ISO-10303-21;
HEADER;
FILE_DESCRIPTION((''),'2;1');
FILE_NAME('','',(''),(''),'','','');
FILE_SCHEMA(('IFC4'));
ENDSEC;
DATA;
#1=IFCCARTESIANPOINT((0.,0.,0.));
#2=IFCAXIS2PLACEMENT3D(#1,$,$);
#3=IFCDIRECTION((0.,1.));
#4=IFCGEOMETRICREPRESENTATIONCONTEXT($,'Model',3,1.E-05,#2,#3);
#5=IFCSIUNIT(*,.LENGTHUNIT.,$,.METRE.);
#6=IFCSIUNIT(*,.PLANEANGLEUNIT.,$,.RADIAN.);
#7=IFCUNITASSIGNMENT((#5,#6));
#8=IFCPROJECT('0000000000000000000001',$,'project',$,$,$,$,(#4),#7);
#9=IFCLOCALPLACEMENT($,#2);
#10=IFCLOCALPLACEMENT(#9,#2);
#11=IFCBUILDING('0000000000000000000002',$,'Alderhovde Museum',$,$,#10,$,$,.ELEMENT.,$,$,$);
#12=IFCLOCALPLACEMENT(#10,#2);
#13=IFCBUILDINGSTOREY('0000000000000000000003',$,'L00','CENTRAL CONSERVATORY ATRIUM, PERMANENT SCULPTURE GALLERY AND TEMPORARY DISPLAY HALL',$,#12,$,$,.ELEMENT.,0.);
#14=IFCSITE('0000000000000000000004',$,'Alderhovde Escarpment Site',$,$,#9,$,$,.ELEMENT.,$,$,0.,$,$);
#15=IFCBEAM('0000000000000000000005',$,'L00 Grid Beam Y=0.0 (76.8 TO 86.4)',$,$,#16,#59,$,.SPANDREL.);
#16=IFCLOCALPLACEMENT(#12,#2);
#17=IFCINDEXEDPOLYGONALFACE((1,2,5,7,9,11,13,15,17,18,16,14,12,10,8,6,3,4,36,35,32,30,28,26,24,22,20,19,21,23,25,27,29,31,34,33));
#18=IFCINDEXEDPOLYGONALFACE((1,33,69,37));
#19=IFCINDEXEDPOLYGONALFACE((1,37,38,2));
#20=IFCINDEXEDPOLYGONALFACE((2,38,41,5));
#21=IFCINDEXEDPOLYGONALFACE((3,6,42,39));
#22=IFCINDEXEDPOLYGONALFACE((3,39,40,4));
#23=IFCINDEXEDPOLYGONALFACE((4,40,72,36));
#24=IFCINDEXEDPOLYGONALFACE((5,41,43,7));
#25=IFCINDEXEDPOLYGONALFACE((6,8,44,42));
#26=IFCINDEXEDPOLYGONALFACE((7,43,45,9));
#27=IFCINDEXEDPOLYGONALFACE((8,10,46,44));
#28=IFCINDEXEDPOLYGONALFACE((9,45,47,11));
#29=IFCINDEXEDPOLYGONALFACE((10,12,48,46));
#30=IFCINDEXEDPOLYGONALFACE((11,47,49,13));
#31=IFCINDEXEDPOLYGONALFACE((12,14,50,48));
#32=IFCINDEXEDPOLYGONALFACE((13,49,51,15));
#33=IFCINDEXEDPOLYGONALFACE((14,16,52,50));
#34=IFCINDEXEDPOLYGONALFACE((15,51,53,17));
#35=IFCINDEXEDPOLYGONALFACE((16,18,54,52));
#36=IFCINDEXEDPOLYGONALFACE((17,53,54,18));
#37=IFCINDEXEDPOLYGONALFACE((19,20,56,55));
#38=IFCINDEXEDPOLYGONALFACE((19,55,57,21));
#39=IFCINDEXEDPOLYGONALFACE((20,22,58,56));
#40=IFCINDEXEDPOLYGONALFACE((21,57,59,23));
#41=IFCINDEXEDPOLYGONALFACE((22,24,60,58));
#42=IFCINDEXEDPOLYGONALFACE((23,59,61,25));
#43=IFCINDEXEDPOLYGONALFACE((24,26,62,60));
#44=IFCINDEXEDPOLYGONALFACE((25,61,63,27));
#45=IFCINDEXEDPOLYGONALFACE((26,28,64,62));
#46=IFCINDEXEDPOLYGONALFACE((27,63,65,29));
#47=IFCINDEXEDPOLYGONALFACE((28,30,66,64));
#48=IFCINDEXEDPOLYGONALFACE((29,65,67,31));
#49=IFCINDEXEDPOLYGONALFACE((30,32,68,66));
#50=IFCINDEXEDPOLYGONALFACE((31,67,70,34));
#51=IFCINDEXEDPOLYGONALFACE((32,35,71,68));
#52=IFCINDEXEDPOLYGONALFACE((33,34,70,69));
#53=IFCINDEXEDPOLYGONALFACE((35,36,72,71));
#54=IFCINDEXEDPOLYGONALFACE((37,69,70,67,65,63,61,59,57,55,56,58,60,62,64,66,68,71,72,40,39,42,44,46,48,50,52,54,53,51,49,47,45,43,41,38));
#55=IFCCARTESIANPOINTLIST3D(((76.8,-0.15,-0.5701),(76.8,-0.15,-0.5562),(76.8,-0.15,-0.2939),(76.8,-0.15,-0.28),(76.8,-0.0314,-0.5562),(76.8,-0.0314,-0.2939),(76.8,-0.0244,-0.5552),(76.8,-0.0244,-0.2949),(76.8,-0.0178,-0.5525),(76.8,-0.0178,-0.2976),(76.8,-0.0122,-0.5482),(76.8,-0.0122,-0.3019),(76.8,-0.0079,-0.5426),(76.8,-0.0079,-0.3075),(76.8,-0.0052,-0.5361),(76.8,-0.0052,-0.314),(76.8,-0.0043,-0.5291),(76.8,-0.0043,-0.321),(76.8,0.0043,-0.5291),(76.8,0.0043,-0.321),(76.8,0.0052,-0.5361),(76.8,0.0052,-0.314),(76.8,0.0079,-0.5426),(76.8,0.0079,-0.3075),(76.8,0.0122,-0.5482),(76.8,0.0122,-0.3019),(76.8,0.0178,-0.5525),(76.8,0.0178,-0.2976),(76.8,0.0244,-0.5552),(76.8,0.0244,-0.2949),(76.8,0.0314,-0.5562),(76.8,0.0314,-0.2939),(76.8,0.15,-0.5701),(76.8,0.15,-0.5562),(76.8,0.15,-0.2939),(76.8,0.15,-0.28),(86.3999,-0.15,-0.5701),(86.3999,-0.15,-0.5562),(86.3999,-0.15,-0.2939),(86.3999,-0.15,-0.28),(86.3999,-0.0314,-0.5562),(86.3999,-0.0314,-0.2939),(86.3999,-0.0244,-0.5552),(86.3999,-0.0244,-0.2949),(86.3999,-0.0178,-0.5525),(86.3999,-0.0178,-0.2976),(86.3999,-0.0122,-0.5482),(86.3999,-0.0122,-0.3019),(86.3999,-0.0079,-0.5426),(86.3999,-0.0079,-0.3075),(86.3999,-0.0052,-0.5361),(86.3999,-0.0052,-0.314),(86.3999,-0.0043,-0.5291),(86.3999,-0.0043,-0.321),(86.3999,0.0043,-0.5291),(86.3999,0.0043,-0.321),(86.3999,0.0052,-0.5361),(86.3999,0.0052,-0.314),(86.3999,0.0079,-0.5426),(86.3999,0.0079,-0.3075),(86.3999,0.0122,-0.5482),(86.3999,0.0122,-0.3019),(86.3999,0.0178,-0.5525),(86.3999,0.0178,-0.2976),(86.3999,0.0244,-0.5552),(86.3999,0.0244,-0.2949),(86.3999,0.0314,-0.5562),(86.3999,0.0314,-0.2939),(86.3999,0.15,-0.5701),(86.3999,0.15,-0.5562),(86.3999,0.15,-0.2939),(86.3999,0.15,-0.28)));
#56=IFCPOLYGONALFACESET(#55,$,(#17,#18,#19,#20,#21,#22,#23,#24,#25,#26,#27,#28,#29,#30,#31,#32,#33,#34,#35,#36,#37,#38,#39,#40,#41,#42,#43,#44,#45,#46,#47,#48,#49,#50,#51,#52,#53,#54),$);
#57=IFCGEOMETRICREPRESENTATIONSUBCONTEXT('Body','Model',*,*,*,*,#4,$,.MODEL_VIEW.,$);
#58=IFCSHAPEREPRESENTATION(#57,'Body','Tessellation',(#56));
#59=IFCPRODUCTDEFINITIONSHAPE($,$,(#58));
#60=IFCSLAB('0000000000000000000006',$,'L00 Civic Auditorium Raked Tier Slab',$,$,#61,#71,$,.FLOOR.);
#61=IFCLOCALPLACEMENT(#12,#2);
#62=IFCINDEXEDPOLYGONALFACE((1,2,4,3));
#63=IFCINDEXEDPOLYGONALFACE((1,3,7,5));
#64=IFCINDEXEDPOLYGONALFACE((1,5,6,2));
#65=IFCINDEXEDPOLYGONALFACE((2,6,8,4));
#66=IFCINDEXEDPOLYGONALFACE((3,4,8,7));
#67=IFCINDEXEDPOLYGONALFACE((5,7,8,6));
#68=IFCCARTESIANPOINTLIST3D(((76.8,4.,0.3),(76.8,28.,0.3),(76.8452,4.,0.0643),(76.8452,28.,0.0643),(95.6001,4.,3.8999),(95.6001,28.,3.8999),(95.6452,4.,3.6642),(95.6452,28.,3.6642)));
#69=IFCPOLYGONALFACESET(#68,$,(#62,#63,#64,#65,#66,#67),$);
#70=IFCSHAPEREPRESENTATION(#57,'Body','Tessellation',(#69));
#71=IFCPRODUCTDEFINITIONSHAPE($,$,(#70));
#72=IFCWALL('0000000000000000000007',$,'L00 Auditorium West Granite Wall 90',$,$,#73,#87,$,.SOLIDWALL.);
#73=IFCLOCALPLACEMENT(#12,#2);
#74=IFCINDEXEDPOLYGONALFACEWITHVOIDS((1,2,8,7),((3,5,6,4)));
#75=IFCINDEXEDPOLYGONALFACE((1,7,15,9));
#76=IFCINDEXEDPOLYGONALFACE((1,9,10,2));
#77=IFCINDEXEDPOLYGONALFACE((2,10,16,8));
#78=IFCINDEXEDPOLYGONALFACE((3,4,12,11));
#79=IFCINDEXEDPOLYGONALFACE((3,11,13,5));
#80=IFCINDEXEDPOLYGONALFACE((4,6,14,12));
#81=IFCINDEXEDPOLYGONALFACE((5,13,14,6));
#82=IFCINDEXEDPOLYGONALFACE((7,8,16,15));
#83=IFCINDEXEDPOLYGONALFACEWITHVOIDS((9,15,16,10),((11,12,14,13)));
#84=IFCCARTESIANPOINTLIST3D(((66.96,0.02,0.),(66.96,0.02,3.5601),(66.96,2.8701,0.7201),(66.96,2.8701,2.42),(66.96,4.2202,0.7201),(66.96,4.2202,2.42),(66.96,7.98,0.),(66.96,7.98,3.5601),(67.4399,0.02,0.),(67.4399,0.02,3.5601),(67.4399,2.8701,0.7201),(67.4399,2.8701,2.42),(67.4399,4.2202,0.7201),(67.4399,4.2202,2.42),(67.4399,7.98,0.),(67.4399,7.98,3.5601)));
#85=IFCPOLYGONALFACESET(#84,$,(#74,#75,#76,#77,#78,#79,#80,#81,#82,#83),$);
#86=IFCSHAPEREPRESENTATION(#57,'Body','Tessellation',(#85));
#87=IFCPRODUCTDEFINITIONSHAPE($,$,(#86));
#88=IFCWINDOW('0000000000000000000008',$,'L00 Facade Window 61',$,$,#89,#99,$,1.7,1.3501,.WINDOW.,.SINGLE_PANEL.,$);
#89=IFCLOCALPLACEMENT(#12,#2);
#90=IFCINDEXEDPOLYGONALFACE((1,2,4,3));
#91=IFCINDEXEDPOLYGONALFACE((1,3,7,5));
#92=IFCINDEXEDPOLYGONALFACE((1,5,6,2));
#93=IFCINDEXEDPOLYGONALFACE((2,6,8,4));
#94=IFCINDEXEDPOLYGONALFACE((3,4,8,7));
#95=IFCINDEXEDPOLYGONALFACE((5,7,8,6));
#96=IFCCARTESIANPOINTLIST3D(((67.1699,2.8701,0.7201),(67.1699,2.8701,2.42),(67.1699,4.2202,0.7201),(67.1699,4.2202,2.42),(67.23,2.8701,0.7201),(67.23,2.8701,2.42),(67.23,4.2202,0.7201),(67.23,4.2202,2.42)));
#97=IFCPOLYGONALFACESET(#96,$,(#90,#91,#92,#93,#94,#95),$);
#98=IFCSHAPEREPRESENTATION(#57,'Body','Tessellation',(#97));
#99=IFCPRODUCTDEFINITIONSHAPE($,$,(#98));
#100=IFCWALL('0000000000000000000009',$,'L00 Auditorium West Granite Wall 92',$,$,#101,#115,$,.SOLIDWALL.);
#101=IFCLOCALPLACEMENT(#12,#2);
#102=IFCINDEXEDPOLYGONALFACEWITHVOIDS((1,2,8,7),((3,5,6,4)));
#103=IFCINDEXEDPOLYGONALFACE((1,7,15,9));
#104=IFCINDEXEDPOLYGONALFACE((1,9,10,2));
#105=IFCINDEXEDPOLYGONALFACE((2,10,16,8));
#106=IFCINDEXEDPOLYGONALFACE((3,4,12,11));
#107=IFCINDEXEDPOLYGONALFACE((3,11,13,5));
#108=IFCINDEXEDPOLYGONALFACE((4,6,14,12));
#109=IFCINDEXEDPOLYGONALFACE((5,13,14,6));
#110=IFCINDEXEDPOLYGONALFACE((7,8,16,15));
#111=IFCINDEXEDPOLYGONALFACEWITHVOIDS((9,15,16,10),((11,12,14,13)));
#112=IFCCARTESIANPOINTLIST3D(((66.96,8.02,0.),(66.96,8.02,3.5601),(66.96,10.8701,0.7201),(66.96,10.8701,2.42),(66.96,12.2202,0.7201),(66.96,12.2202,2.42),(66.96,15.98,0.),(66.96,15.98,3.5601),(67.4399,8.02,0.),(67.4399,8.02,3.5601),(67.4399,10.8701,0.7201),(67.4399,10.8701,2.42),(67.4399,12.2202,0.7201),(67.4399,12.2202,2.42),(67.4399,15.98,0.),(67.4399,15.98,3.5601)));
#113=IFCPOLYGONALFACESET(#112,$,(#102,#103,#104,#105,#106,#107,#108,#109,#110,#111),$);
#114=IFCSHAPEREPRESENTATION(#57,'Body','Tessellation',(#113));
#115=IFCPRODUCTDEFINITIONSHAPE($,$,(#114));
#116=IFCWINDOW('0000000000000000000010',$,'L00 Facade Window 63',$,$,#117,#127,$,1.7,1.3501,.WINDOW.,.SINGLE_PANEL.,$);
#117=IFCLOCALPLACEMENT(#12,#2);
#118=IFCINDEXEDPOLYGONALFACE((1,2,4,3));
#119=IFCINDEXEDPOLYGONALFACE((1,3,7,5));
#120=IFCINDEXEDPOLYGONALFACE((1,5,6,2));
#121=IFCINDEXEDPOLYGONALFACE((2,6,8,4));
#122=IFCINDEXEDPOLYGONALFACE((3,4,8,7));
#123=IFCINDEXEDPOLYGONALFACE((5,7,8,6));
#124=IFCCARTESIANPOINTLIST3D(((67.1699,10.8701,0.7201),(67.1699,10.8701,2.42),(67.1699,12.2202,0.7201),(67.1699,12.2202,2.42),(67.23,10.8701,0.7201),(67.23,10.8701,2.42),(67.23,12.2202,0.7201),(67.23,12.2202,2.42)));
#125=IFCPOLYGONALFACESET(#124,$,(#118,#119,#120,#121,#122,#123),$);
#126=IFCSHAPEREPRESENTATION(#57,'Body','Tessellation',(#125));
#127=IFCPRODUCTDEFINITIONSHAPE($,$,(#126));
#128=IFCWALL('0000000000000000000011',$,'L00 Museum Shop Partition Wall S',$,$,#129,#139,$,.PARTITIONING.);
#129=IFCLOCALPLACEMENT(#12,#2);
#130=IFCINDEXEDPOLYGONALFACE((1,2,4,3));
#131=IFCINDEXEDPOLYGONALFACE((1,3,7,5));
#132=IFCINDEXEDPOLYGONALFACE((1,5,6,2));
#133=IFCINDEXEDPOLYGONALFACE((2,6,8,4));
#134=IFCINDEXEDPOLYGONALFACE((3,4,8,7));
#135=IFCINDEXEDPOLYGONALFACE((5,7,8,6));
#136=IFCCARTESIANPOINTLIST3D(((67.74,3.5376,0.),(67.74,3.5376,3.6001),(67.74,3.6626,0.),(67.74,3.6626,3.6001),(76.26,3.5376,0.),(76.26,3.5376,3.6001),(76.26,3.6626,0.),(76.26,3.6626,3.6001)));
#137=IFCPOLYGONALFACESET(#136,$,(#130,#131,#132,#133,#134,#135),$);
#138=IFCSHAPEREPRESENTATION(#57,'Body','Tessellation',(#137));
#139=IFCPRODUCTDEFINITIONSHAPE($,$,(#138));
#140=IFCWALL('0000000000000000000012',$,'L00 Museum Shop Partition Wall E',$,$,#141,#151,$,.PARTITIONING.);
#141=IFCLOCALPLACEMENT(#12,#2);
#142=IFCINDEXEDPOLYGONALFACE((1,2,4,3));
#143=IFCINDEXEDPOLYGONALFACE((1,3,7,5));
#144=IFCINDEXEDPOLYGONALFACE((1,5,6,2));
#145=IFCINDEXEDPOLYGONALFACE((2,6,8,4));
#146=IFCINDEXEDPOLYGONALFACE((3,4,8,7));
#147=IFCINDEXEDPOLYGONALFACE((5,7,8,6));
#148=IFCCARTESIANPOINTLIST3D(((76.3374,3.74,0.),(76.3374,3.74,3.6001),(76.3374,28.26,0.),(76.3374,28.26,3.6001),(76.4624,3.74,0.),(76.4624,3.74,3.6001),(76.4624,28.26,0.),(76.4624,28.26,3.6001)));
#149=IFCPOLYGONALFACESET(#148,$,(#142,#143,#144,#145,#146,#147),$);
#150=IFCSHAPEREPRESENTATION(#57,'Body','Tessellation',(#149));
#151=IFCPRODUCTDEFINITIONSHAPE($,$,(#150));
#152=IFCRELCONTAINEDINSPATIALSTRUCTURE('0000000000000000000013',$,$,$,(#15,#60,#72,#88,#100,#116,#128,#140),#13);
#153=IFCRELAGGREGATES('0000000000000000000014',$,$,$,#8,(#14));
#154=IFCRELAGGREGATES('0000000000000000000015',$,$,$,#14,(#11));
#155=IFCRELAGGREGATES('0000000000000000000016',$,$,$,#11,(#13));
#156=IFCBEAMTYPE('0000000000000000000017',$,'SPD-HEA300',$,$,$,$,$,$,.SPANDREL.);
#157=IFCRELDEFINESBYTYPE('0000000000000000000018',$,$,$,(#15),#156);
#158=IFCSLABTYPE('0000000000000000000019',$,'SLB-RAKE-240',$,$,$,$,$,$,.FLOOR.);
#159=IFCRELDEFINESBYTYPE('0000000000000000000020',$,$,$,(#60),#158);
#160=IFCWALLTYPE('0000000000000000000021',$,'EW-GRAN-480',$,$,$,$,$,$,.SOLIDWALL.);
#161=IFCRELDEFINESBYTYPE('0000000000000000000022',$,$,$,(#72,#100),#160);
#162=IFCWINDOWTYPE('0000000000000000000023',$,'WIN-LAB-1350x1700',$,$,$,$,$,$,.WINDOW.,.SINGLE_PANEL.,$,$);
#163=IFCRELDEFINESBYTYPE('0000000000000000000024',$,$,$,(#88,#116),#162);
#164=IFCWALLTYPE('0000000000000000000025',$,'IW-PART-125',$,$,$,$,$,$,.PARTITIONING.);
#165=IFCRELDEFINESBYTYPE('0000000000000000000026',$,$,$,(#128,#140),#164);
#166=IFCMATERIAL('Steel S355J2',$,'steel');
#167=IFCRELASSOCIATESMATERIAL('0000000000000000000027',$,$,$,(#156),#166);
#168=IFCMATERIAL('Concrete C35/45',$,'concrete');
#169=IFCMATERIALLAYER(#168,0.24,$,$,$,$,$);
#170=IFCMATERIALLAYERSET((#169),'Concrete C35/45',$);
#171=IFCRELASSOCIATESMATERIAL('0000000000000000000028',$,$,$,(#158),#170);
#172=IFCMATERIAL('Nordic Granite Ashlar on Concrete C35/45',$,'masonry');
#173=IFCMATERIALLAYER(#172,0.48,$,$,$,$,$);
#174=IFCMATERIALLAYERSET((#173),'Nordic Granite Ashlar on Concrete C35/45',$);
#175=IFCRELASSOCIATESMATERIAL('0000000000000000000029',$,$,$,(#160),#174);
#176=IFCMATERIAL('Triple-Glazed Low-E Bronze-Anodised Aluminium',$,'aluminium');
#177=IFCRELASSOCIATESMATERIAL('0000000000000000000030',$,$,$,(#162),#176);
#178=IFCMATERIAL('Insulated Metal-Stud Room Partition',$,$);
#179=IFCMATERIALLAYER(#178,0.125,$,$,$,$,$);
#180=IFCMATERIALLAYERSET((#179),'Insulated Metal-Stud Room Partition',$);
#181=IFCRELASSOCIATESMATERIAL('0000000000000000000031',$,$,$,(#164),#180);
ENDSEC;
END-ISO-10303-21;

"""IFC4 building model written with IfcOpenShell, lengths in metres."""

from ifc_helpers import new_model, si_unit, direction, frame, frame_2d, origin, origin_2d, place, context, subcontext, project, spatial, polyline, rectangle, i_section, outline, extrude, material, layer, layer_set, material_profile, profile_set, type_object, element, fill, save


model = new_model("IFC4")

# Units and contexts
model_context = context("Model", 3, precision=1e-05, world=origin(), true_north=direction((0.0, 1.0)))
body_context = subcontext(model_context, "Body", "Model", "MODEL_VIEW")
ifc_project = project(units=[si_unit("LENGTHUNIT", "METRE"), si_unit("PLANEANGLEUNIT", "RADIAN")], contexts=[model_context])

# Site, building, storey
site_placement = place(None, origin())
site = spatial("IfcSite", under=ifc_project, at=site_placement, Name="Alderhovde Escarpment Site", CompositionType="ELEMENT", RefElevation=0.0)
building_placement = place(site_placement, origin())
building = spatial("IfcBuilding", under=site, at=building_placement, Name="Alderhovde Museum", CompositionType="ELEMENT")
storey_placement = place(building_placement, origin())
storey = spatial("IfcBuildingStorey", under=building, at=storey_placement, Name="L00", Description="CENTRAL CONSERVATORY ATRIUM, PERMANENT SCULPTURE GALLERY AND TEMPORARY DISPLAY HALL", CompositionType="ELEMENT", Elevation=0.0)

# Beam
ifc_material_1 = material(Name="Steel S355J2", Category="steel")
ifc_material_profile_1 = material_profile(ifc_material_1, i_section(OverallWidth=0.3, OverallDepth=0.29, WebThickness=0.0085, FlangeThickness=0.0139, FilletRadius=0.0271, at=origin_2d()), Name="HEA 300")
ifc_profile_set_1 = profile_set([ifc_material_profile_1], Name="Steel S355J2")
beam_type_1 = type_object("IfcBeamType", Name="SPD-HEA300", PredefinedType="SPANDREL", material=ifc_profile_set_1)
beam_1_placement = place(storey_placement, frame((76.8, 0.0, -0.425), z_axis=(1.0, 0.0, 0.0), x_axis=(0.0, 1.0, 0.0)))
element("IfcBeam", 1, at=beam_1_placement, inside=storey, type_object=beam_type_1, Name="L00 Grid Beam Y=0.0 (76.8 TO 86.4)", PredefinedType="SPANDREL", context=body_context, shape_type="SweptSolid", body=[
    extrude(i_section(OverallWidth=0.3, OverallDepth=0.29, WebThickness=0.0085, FlangeThickness=0.0139, FilletRadius=0.0271, at=origin_2d()), origin(), (0.0, 0.0, 1.0), 9.5999),
])

# Slab
ifc_material_2 = material(Name="Concrete C35/45", Category="concrete")
ifc_layer_1 = layer(ifc_material_2, 0.24)
ifc_layer_set_1 = layer_set([ifc_layer_1], Name="Concrete C35/45")
slab_type = type_object("IfcSlabType", Name="SLB-RAKE-240", PredefinedType="FLOOR", material=ifc_layer_set_1)
slab_placement = place(storey_placement, frame((76.8, 4.0, 0.3), z_axis=(-0.188064, 0.0, 0.982157), x_axis=(0.982157, 0.0, 0.188064)))
element("IfcSlab", 2, at=slab_placement, inside=storey, type_object=slab_type, Name="L00 Civic Auditorium Raked Tier Slab", PredefinedType="FLOOR", context=body_context, shape_type="SweptSolid", body=[
    extrude(outline(polyline([(0.0, 0.0), (19.1416, 0.0), (19.1416, 24.0), (0.0, 24.0), (0.0, 0.0)])), origin(), (0.0, 0.0, -1.0), 0.24),
])

# Shared definitions
ifc_material_3 = material(Name="Nordic Granite Ashlar on Concrete C35/45", Category="masonry")
ifc_layer_2 = layer(ifc_material_3, 0.48)
ifc_layer_set_2 = layer_set([ifc_layer_2], Name="Nordic Granite Ashlar on Concrete C35/45")
wall_type_1 = type_object("IfcWallType", Name="EW-GRAN-480", PredefinedType="SOLIDWALL", material=ifc_layer_set_2)

# Walls, openings, windows
wall_1_placement = place(storey_placement, frame((67.2, 0.02, 0.0), z_axis=(0.0, 0.0, 1.0), x_axis=(0.0, 1.0, 0.0)))
wall_1 = element("IfcWall", 3, at=wall_1_placement, inside=storey, type_object=wall_type_1, Name="L00 Auditorium West Granite Wall 90", PredefinedType="SOLIDWALL", context=body_context, shape_type="SweptSolid", body=[
    extrude(rectangle(XDim=7.96, YDim=0.48, at=frame_2d((3.98, 0.0))), origin(), (0.0, 0.0, 1.0), 3.5601),
])
opening_1_placement = place(wall_1_placement, frame((2.8501, 0.0, 0.72)))
opening_1 = element("IfcOpeningElement", 4, at=opening_1_placement, cuts=wall_1, PredefinedType="OPENING", context=body_context, shape_type="SweptSolid", body=[
    extrude(rectangle(XDim=1.3501, YDim=1.7, at=frame_2d((0.675, 0.8501))), frame((0.0, 0.25, 0.0), z_axis=(0.0, -1.0, 0.0), x_axis=(1.0, 0.0, 0.0)), (0.0, 0.0, 1.0), 0.5),
])
ifc_material_4 = material(Name="Triple-Glazed Low-E Bronze-Anodised Aluminium", Category="aluminium")
window_type = type_object("IfcWindowType", Name="WIN-LAB-1350x1700", PartitioningType="SINGLE_PANEL", PredefinedType="WINDOW", material=ifc_material_4)
window_1_placement = place(opening_1_placement, origin())
window_1 = element("IfcWindow", 5, at=window_1_placement, inside=storey, type_object=window_type, Name="L00 Facade Window 61", OverallHeight=1.7, OverallWidth=1.3501, PartitioningType="SINGLE_PANEL", PredefinedType="WINDOW", context=body_context, shape_type="SweptSolid", body=[
    extrude(rectangle(XDim=1.3501, YDim=1.7, at=frame_2d((0.675, 0.8501))), frame((0.0, 0.03, 0.0), z_axis=(0.0, -1.0, 0.0), x_axis=(1.0, 0.0, 0.0)), (0.0, 0.0, 1.0), 0.0601),
])
fill(opening_1, window_1)
wall_2_placement = place(storey_placement, frame((67.2, 8.02, 0.0), z_axis=(0.0, 0.0, 1.0), x_axis=(0.0, 1.0, 0.0)))
wall_2 = element("IfcWall", 6, at=wall_2_placement, inside=storey, type_object=wall_type_1, Name="L00 Auditorium West Granite Wall 92", PredefinedType="SOLIDWALL", context=body_context, shape_type="SweptSolid", body=[
    extrude(rectangle(XDim=7.96, YDim=0.48, at=frame_2d((3.98, 0.0))), origin(), (0.0, 0.0, 1.0), 3.5601),
])
opening_2_placement = place(wall_2_placement, frame((2.8501, 0.0, 0.72)))
opening_2 = element("IfcOpeningElement", 7, at=opening_2_placement, cuts=wall_2, PredefinedType="OPENING", context=body_context, shape_type="SweptSolid", body=[
    extrude(rectangle(XDim=1.3501, YDim=1.7, at=frame_2d((0.675, 0.8501))), frame((0.0, 0.25, 0.0), z_axis=(0.0, -1.0, 0.0), x_axis=(1.0, 0.0, 0.0)), (0.0, 0.0, 1.0), 0.5),
])
window_2_placement = place(opening_2_placement, origin())
window_2 = element("IfcWindow", 8, at=window_2_placement, inside=storey, type_object=window_type, Name="L00 Facade Window 63", OverallHeight=1.7, OverallWidth=1.3501, PartitioningType="SINGLE_PANEL", PredefinedType="WINDOW", context=body_context, shape_type="SweptSolid", body=[
    extrude(rectangle(XDim=1.3501, YDim=1.7, at=frame_2d((0.675, 0.8501))), frame((0.0, 0.03, 0.0), z_axis=(0.0, -1.0, 0.0), x_axis=(1.0, 0.0, 0.0)), (0.0, 0.0, 1.0), 0.0601),
])
fill(opening_2, window_2)

# Walls
ifc_material_5 = material(Name="Insulated Metal-Stud Room Partition")
ifc_layer_3 = layer(ifc_material_5, 0.125)
ifc_layer_set_3 = layer_set([ifc_layer_3], Name="Insulated Metal-Stud Room Partition")
wall_type_2 = type_object("IfcWallType", Name="IW-PART-125", PredefinedType="PARTITIONING", material=ifc_layer_set_3)
wall_3_placement = place(storey_placement, frame((67.74, 3.6001, 0.0), z_axis=(0.0, 0.0, 1.0), x_axis=(1.0, 0.0, 0.0)))
element("IfcWall", 9, at=wall_3_placement, inside=storey, type_object=wall_type_2, Name="L00 Museum Shop Partition Wall S", PredefinedType="PARTITIONING", context=body_context, shape_type="SweptSolid", body=[
    extrude(rectangle(XDim=8.52, YDim=0.125, at=frame_2d((4.26, 0.0))), origin(), (0.0, 0.0, 1.0), 3.6001),
])
wall_4_placement = place(storey_placement, frame((76.3999, 3.74, 0.0), z_axis=(0.0, 0.0, 1.0), x_axis=(0.0, 1.0, 0.0)))
element("IfcWall", 10, at=wall_4_placement, inside=storey, type_object=wall_type_2, Name="L00 Museum Shop Partition Wall E", PredefinedType="PARTITIONING", context=body_context, shape_type="SweptSolid", body=[
    extrude(rectangle(XDim=24.52, YDim=0.125, at=frame_2d((12.26, 0.0))), origin(), (0.0, 0.0, 1.0), 3.6001),
])

save(model, "model.ifc")
